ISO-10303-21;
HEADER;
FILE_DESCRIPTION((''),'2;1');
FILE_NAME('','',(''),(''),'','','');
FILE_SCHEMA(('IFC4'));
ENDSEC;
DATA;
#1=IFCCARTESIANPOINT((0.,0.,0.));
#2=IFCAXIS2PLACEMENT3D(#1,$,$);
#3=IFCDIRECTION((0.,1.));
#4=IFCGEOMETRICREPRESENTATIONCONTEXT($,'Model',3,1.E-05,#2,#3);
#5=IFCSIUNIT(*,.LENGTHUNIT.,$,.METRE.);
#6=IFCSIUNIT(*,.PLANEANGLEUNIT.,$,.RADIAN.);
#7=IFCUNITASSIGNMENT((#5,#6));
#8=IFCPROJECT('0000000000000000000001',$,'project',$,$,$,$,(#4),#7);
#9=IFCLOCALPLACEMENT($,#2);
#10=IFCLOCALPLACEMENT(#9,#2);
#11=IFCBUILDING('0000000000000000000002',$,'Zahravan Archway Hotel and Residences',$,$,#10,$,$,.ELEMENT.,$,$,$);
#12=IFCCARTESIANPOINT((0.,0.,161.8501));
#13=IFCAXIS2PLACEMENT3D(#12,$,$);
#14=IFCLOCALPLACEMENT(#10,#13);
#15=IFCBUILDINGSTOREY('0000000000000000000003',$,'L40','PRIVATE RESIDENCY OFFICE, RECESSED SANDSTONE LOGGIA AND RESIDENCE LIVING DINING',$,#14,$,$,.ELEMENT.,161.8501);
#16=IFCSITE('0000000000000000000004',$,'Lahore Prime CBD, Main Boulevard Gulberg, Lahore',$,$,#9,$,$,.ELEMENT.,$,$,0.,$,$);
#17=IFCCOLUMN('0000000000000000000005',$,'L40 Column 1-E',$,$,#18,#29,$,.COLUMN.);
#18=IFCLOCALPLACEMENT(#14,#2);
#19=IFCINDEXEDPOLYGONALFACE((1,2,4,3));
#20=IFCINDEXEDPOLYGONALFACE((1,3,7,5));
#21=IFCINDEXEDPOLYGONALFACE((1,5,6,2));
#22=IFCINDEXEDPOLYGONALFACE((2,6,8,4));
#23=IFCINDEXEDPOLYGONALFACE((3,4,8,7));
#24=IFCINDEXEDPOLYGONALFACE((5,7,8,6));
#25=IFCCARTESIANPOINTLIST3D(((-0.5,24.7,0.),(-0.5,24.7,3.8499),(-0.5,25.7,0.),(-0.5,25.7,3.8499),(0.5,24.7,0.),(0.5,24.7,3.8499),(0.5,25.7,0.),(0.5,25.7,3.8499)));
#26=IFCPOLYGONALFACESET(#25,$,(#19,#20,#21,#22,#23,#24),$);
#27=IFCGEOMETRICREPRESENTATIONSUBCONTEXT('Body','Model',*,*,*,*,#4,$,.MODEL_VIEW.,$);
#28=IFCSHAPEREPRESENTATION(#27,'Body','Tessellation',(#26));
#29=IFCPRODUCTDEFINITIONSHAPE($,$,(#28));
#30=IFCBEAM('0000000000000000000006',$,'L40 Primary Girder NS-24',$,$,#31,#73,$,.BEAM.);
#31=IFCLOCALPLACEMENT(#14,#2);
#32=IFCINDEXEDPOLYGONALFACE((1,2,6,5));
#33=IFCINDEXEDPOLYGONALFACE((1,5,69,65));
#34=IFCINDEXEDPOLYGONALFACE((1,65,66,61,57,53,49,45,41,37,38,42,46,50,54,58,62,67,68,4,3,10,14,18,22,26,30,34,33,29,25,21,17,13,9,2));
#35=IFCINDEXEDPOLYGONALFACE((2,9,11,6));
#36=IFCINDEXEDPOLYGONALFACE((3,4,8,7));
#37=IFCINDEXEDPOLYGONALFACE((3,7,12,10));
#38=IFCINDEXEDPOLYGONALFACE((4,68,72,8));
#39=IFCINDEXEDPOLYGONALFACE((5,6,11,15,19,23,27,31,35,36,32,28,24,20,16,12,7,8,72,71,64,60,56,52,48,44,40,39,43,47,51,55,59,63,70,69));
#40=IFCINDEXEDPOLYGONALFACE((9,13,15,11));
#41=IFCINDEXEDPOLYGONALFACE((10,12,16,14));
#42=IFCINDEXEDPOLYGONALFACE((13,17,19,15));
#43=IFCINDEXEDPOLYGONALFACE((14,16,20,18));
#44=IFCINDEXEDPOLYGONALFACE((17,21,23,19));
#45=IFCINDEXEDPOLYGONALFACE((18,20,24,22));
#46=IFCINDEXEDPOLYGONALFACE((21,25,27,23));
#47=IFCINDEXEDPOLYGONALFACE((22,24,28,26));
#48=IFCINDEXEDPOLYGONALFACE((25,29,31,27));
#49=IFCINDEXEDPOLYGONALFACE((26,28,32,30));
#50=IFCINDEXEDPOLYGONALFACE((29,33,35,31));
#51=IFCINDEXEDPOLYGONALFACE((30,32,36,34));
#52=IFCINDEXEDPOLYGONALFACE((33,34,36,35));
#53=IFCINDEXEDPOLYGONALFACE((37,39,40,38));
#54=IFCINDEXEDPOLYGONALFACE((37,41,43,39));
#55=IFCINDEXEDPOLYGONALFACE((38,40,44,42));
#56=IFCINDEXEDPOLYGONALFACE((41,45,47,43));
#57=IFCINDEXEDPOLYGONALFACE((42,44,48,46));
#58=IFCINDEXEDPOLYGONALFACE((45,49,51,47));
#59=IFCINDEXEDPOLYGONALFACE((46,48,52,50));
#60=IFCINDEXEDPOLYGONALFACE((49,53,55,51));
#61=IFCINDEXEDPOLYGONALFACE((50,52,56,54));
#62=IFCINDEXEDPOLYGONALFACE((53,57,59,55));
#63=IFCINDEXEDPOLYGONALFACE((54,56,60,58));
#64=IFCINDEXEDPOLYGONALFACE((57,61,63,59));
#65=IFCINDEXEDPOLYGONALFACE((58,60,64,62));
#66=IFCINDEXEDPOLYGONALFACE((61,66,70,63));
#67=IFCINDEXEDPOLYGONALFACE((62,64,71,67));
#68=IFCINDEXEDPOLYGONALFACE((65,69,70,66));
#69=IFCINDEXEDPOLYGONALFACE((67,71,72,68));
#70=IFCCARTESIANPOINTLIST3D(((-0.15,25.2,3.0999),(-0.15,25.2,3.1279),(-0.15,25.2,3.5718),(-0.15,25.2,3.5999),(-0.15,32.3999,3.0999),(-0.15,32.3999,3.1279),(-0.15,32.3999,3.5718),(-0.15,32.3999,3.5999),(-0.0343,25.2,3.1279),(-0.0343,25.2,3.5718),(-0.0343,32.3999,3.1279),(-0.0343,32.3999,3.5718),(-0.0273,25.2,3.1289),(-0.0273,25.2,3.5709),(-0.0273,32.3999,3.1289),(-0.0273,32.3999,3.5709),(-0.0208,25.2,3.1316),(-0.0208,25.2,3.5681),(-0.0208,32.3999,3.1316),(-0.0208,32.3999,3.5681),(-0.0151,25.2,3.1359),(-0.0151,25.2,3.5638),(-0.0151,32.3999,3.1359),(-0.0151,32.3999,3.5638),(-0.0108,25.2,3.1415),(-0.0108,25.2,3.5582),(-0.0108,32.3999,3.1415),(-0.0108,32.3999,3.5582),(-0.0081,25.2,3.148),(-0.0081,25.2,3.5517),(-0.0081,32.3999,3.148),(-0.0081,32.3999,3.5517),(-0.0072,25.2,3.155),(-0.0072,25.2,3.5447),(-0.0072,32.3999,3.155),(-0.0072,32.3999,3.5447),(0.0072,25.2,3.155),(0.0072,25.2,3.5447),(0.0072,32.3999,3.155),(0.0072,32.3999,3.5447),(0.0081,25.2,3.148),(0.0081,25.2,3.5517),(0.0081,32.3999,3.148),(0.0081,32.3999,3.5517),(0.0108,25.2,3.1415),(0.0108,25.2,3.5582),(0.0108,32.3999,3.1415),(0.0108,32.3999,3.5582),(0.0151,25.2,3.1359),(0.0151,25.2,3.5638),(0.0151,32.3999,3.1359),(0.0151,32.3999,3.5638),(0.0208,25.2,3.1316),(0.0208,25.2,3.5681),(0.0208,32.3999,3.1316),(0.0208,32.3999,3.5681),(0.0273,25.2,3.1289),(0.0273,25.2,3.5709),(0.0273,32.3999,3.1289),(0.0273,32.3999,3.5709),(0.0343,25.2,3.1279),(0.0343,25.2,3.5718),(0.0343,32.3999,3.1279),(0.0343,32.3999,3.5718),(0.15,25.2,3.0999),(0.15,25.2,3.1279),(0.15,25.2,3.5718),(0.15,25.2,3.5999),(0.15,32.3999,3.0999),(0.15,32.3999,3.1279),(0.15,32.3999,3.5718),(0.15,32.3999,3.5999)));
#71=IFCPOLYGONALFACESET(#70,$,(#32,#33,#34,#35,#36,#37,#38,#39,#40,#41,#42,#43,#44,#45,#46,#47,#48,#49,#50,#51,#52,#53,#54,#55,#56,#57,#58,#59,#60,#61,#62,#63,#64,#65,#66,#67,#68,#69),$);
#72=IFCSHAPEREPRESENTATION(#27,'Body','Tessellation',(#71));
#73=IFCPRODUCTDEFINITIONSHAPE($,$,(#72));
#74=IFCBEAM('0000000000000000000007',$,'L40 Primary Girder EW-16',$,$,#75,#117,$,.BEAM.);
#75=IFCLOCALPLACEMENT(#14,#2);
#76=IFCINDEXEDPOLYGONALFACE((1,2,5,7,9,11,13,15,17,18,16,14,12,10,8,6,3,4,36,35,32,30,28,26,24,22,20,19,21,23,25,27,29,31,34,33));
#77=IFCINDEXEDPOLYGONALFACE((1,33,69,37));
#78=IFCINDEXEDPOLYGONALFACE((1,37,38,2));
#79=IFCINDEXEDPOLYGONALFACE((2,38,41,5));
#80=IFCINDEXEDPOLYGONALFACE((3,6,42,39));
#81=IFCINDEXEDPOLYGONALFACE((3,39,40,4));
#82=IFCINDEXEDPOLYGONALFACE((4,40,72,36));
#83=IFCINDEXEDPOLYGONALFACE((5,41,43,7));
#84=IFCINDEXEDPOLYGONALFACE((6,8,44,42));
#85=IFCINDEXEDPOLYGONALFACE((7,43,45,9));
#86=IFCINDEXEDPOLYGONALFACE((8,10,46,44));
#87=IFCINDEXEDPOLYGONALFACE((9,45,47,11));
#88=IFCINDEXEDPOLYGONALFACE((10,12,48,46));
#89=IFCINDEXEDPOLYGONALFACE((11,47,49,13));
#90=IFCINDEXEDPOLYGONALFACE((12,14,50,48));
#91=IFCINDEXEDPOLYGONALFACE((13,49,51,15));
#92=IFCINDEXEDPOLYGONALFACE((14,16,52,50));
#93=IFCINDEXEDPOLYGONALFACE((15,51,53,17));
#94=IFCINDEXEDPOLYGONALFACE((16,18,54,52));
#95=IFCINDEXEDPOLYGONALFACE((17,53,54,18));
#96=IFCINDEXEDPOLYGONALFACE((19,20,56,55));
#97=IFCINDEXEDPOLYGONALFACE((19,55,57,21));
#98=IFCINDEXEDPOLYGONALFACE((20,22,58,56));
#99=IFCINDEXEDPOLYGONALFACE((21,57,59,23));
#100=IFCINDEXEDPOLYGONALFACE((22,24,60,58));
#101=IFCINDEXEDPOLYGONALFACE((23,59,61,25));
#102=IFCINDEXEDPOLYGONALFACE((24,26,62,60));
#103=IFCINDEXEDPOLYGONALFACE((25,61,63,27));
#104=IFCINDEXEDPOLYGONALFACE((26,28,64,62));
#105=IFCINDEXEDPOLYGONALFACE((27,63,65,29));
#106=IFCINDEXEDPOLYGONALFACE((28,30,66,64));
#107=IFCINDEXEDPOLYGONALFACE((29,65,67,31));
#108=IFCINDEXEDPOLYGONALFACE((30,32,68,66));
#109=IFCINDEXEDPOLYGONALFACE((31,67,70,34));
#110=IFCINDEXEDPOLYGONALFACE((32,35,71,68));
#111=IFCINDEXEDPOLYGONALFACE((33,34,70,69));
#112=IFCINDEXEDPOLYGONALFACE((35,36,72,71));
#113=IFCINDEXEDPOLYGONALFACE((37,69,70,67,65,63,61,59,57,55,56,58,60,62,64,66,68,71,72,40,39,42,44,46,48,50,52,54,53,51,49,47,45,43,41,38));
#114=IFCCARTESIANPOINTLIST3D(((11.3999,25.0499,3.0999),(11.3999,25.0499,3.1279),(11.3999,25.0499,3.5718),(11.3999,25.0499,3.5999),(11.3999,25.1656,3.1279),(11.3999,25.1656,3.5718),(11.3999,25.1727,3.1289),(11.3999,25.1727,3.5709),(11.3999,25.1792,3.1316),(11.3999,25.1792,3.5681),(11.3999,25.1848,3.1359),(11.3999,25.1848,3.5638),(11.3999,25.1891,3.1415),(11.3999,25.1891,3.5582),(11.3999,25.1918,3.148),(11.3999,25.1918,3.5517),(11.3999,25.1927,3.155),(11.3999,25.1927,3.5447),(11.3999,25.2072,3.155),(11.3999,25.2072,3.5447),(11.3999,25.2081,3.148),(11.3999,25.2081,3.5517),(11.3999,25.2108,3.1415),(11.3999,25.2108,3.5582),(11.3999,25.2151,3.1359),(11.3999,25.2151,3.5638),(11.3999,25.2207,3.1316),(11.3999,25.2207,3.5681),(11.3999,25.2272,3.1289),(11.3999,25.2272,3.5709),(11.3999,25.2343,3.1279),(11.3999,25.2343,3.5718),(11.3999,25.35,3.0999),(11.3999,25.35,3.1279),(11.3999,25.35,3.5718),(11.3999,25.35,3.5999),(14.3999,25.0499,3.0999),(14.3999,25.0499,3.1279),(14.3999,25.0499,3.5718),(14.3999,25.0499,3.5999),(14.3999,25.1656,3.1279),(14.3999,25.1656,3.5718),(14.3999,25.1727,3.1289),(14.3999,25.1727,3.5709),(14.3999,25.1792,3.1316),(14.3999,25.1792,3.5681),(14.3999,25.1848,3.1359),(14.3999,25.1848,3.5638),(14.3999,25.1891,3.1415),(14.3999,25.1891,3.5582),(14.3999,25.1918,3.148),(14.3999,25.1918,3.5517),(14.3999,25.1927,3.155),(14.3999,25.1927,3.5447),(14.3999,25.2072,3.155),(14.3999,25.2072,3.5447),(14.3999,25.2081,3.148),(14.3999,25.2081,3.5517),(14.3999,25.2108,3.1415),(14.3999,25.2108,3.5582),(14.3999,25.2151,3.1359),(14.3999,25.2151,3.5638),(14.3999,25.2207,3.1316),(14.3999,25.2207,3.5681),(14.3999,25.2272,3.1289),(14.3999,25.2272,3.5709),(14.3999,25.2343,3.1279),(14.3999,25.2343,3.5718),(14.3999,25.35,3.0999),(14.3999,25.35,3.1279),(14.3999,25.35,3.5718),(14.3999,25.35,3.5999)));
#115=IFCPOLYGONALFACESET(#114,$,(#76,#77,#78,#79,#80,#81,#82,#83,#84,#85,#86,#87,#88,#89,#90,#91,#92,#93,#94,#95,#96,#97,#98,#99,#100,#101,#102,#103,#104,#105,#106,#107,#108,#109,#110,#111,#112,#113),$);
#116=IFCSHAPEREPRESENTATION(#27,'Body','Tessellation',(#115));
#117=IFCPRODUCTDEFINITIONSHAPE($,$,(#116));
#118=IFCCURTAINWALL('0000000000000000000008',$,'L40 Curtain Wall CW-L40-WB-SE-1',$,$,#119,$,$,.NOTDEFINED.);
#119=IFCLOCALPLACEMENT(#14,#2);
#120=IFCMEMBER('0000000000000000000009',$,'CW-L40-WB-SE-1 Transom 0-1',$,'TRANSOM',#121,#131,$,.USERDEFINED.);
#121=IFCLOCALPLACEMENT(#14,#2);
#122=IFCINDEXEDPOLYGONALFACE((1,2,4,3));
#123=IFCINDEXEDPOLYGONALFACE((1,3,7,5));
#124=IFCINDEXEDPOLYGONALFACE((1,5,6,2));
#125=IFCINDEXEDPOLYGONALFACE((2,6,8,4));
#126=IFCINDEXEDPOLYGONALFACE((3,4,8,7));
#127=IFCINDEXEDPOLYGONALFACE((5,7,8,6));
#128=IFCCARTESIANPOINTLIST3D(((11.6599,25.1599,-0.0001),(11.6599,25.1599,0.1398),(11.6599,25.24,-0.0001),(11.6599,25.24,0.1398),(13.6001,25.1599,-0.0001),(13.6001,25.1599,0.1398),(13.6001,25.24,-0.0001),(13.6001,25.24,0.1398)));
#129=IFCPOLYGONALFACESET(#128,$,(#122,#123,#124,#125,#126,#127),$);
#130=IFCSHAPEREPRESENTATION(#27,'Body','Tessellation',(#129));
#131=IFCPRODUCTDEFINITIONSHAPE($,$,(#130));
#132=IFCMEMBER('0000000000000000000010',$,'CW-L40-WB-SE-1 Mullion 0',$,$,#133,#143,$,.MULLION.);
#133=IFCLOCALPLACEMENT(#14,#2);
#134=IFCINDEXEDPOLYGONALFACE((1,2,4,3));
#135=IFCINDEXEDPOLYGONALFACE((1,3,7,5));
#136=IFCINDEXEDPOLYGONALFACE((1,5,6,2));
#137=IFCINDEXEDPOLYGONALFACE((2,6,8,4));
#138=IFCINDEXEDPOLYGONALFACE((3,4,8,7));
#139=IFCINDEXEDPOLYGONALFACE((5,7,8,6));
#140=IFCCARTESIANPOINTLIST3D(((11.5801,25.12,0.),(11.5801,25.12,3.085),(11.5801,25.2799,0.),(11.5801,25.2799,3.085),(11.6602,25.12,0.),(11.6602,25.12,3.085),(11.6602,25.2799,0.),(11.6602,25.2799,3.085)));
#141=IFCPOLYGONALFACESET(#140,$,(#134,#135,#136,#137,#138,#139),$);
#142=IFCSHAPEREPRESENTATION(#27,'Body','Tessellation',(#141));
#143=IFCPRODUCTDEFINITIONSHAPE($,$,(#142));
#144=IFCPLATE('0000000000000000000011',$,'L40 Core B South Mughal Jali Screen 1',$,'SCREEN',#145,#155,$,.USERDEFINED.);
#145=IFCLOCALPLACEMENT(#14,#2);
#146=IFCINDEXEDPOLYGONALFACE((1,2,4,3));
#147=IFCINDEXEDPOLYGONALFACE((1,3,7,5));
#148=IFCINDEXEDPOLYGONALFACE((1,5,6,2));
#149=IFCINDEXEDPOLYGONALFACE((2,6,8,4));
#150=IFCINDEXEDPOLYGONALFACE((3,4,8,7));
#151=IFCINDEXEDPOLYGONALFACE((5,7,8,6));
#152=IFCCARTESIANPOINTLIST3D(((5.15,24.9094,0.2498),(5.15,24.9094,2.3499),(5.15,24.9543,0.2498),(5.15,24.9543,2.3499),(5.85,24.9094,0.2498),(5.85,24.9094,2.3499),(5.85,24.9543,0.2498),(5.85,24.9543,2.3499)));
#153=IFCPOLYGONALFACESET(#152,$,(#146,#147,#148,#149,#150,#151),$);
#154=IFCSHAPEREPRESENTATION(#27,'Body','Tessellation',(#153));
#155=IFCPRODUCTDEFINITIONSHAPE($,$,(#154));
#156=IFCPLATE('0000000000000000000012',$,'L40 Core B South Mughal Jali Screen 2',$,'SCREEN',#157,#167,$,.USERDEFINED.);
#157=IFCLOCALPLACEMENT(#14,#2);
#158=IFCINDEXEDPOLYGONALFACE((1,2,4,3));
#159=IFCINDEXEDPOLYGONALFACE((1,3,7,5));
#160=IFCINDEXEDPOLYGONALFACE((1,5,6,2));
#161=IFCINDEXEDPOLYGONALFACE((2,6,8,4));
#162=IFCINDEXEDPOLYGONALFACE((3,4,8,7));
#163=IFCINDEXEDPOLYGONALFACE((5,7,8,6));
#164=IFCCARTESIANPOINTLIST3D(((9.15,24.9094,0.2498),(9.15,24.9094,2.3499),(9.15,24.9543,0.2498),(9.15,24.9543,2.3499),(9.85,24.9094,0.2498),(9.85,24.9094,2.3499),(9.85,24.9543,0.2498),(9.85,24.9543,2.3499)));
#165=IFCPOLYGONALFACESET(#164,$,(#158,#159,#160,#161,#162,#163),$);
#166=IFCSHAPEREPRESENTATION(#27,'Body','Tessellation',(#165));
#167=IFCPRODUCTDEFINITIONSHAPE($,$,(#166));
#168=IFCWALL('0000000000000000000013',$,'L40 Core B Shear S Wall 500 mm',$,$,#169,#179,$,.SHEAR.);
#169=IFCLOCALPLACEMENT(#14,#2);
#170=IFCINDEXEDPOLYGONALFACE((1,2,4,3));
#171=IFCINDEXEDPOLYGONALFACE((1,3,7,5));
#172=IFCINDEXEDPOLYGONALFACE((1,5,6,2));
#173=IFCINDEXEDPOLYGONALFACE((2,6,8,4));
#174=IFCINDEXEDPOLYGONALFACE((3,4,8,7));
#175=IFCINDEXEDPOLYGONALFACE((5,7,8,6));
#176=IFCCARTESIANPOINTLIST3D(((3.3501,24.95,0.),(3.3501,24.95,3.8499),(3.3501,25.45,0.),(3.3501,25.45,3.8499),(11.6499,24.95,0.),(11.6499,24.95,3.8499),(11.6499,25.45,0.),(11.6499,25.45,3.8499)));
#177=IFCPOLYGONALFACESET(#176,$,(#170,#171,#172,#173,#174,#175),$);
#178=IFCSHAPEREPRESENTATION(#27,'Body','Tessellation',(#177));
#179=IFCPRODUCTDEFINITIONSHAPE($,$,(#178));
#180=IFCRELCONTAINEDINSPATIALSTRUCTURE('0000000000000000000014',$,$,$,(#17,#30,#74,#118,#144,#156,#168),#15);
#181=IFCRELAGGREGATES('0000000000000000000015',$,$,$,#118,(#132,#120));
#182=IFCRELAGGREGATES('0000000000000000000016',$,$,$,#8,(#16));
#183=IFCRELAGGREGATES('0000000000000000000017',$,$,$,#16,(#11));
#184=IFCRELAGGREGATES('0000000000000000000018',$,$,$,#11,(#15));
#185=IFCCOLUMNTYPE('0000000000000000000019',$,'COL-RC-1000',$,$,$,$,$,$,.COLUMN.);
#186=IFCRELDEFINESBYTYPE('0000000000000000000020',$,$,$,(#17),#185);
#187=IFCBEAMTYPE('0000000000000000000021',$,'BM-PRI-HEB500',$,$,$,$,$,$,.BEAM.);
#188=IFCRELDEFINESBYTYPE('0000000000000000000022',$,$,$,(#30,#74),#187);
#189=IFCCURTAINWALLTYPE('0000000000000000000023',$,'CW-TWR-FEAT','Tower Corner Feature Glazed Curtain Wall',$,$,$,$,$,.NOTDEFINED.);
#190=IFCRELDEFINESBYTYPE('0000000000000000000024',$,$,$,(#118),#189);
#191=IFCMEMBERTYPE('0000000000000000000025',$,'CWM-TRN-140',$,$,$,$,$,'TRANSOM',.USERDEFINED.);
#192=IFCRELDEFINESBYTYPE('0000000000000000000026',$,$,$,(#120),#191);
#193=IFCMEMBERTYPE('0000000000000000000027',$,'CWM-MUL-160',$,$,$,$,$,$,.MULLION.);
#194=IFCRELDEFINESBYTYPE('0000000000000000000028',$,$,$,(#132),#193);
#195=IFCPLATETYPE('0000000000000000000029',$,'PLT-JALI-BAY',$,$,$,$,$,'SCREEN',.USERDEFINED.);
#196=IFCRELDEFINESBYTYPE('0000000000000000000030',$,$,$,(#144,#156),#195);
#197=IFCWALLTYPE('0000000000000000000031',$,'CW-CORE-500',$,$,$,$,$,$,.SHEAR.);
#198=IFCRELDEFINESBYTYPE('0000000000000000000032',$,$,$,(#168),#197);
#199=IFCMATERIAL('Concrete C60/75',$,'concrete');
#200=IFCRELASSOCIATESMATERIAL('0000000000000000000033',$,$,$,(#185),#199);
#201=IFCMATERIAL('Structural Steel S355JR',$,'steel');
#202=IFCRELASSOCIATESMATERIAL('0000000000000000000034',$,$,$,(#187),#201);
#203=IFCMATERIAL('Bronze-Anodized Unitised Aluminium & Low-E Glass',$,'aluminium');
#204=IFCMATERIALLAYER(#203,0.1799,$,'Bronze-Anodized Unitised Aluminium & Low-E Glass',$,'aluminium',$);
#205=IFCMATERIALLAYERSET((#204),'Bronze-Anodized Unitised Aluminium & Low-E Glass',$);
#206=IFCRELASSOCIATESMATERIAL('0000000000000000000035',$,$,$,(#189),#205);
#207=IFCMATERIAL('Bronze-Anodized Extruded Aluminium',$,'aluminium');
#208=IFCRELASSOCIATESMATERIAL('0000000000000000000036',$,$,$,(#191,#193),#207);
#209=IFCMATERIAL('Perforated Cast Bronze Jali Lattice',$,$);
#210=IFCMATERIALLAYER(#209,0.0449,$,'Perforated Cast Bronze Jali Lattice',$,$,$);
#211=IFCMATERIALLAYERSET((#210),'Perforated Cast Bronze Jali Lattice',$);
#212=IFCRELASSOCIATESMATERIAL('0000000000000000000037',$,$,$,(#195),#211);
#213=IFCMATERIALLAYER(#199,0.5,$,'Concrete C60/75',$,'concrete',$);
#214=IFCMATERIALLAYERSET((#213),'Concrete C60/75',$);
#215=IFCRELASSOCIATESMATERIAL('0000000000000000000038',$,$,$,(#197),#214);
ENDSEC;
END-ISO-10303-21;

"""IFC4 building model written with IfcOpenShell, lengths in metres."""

from ifc_helpers import new_model, si_unit, direction, frame, frame_2d, origin, origin_2d, place, context, subcontext, project, spatial, rectangle, i_section, extrude, source, transform, mapped, material, layer, layer_set, material_profile, profile_set, type_object, type_shapes, element, aggregate, save


model = new_model("IFC4")

# Units and contexts
model_context = context("Model", 3, precision=1e-05, world=origin(), true_north=direction((0.0, 1.0)))
body_context = subcontext(model_context, "Body", "Model", "MODEL_VIEW")
ifc_project = project(units=[si_unit("LENGTHUNIT", "METRE"), si_unit("PLANEANGLEUNIT", "RADIAN")], contexts=[model_context])

# Site, building, storey
site_placement = place(None, origin())
site = spatial("IfcSite", under=ifc_project, at=site_placement, Name="Lahore Prime CBD, Main Boulevard Gulberg, Lahore", CompositionType="ELEMENT", RefElevation=0.0)
building_placement = place(site_placement, origin())
building = spatial("IfcBuilding", under=site, at=building_placement, Name="Zahravan Archway Hotel and Residences", CompositionType="ELEMENT")
storey_placement = place(building_placement, frame((0.0, 0.0, 161.8501)))
storey = spatial("IfcBuildingStorey", under=building, at=storey_placement, Name="L40", Description="PRIVATE RESIDENCY OFFICE, RECESSED SANDSTONE LOGGIA AND RESIDENCE LIVING DINING", CompositionType="ELEMENT", Elevation=161.8501)

# Column
ifc_material_1 = material(Name="Concrete C60/75", Category="concrete")
ifc_material_profile_1 = material_profile(ifc_material_1, rectangle(XDim=1.0, YDim=1.0, at=origin_2d()), Name="RC-COL-1000x1000", Category="concrete")
ifc_profile_set_1 = profile_set([ifc_material_profile_1], Name="Concrete C60/75")
column_type = type_object("IfcColumnType", Name="COL-RC-1000", PredefinedType="COLUMN", material=ifc_profile_set_1)
shared_shape_1 = source(origin(), body_context, "Body", "SweptSolid", [
    extrude(rectangle(XDim=1.0, YDim=1.0, at=origin_2d()), origin(), (0.0, 0.0, 1.0), 3.8499),
])
column_placement = place(storey_placement, frame((0.0, 25.2, 0.0), z_axis=(0.0, 0.0, 1.0), x_axis=(1.0, 0.0, 0.0)))
element("IfcColumn", 1, at=column_placement, inside=storey, type_object=column_type, Name="L40 Column 1-E", PredefinedType="COLUMN", context=body_context, shape_type="MappedRepresentation", body=[
    mapped(shared_shape_1, transform((0.0, 0.0, 0.0), scale=1.0)),
])

# Beams
ifc_material_2 = material(Name="Structural Steel S355JR", Category="steel")
ifc_material_profile_2 = material_profile(ifc_material_2, i_section(OverallWidth=0.3, OverallDepth=0.5, WebThickness=0.0144, FlangeThickness=0.0281, FilletRadius=0.0271, at=origin_2d()), Name="HEB 500", Category="steel")
ifc_profile_set_2 = profile_set([ifc_material_profile_2], Name="Structural Steel S355JR")
beam_type = type_object("IfcBeamType", Name="BM-PRI-HEB500", PredefinedType="BEAM", material=ifc_profile_set_2)
shared_shape_2 = source(origin(), body_context, "Body", "SweptSolid", [
    extrude(i_section(OverallWidth=0.3, OverallDepth=0.5, WebThickness=0.0144, FlangeThickness=0.0281, FilletRadius=0.0271, at=origin_2d()), origin(), (0.0, 0.0, 1.0), 7.2),
])
beam_1_placement = place(storey_placement, frame((0.0, 25.2, 3.3499), z_axis=(0.0, 1.0, 0.0), x_axis=(-1.0, 0.0, 0.0)))
element("IfcBeam", 2, at=beam_1_placement, inside=storey, type_object=beam_type, Name="L40 Primary Girder NS-24", PredefinedType="BEAM", context=body_context, shape_type="MappedRepresentation", body=[
    mapped(shared_shape_2, transform((0.0, 0.0, 0.0), scale=1.0)),
])
shared_shape_3 = source(origin(), body_context, "Body", "SweptSolid", [
    extrude(i_section(OverallWidth=0.3, OverallDepth=0.5, WebThickness=0.0144, FlangeThickness=0.0281, FilletRadius=0.0271, at=origin_2d()), origin(), (0.0, 0.0, 1.0), 3.0),
])
beam_2_placement = place(storey_placement, frame((11.3999, 25.2, 3.3499), z_axis=(1.0, 0.0, 0.0), x_axis=(0.0, 1.0, 0.0)))
element("IfcBeam", 3, at=beam_2_placement, inside=storey, type_object=beam_type, Name="L40 Primary Girder EW-16", PredefinedType="BEAM", context=body_context, shape_type="MappedRepresentation", body=[
    mapped(shared_shape_3, transform((0.0, 0.0, 0.0), scale=1.0)),
])

# Curtain wall, members
ifc_material_3 = material(Name="Bronze-Anodized Unitised Aluminium & Low-E Glass", Category="aluminium")
ifc_layer_1 = layer(ifc_material_3, 0.1799, Name="Bronze-Anodized Unitised Aluminium & Low-E Glass", Category="aluminium")
ifc_layer_set_1 = layer_set([ifc_layer_1], Name="Bronze-Anodized Unitised Aluminium & Low-E Glass")
curtain_wall_type = type_object("IfcCurtainWallType", Name="CW-TWR-FEAT", Description="Tower Corner Feature Glazed Curtain Wall", PredefinedType="NOTDEFINED", material=ifc_layer_set_1)
curtain_wall_placement = place(storey_placement, origin())
curtain_wall = element("IfcCurtainWall", 4, at=curtain_wall_placement, inside=storey, type_object=curtain_wall_type, Name="L40 Curtain Wall CW-L40-WB-SE-1", PredefinedType="NOTDEFINED")
ifc_material_4 = material(Name="Bronze-Anodized Extruded Aluminium", Category="aluminium")
ifc_material_profile_3 = material_profile(ifc_material_4, rectangle(XDim=0.0801, YDim=0.1399, at=origin_2d()), Name="TRN 80x140", Category="aluminium")
ifc_profile_set_3 = profile_set([ifc_material_profile_3], Name="Bronze-Anodized Extruded Aluminium")
member_type_1 = type_object("IfcMemberType", Name="CWM-TRN-140", ElementType="TRANSOM", PredefinedType="USERDEFINED", material=ifc_profile_set_3)
shared_shape_4 = source(origin(), body_context, "Body", "SweptSolid", [
    extrude(rectangle(XDim=0.0801, YDim=0.1399, at=origin_2d()), origin(), (0.0, 0.0, 1.0), 1.9402),
])
member_1_placement = place(storey_placement, frame((11.6599, 25.2, 0.0698), z_axis=(1.0, 0.0, 0.0), x_axis=(0.0, 1.0, 0.0)))
member_1 = element("IfcMember", 5, at=member_1_placement, type_object=member_type_1, Name="CW-L40-WB-SE-1 Transom 0-1", ObjectType="TRANSOM", PredefinedType="USERDEFINED", context=body_context, shape_type="MappedRepresentation", body=[
    mapped(shared_shape_4, transform((0.0, 0.0, 0.0), scale=1.0)),
])
ifc_material_profile_4 = material_profile(ifc_material_4, rectangle(XDim=0.0801, YDim=0.1599, at=origin_2d()), Name="MUL 80x160", Category="aluminium")
ifc_profile_set_4 = profile_set([ifc_material_profile_4], Name="Bronze-Anodized Extruded Aluminium")
member_type_2 = type_object("IfcMemberType", Name="CWM-MUL-160", PredefinedType="MULLION", material=ifc_profile_set_4)
shared_shape_5 = source(origin(), body_context, "Body", "SweptSolid", [
    extrude(rectangle(XDim=0.0801, YDim=0.1599, at=origin_2d()), origin(), (0.0, 0.0, 1.0), 3.085),
])
member_2_placement = place(storey_placement, frame((11.6201, 25.2, 0.0), z_axis=(0.0, 0.0, 1.0), x_axis=(1.0, 0.0, 0.0)))
member_2 = element("IfcMember", 6, at=member_2_placement, type_object=member_type_2, Name="CW-L40-WB-SE-1 Mullion 0", PredefinedType="MULLION", context=body_context, shape_type="MappedRepresentation", body=[
    mapped(shared_shape_5, transform((0.0, 0.0, 0.0), scale=1.0)),
])
aggregate(curtain_wall, [member_2, member_1])

# Plates
ifc_material_5 = material(Name="Perforated Cast Bronze Jali Lattice")
ifc_layer_2 = layer(ifc_material_5, 0.0449, Name="Perforated Cast Bronze Jali Lattice")
ifc_layer_set_2 = layer_set([ifc_layer_2], Name="Perforated Cast Bronze Jali Lattice")
plate_type = type_object("IfcPlateType", Name="PLT-JALI-BAY", ElementType="SCREEN", PredefinedType="USERDEFINED", material=ifc_layer_set_2)
shared_shape_6 = source(origin(), body_context, "Body", "SweptSolid", [
    extrude(rectangle(XDim=0.7, YDim=0.0449, at=origin_2d()), origin(), (0.0, 0.0, 1.0), 2.1001),
])
type_shapes(plate_type, [shared_shape_6])
for number, where, z_axis, x_axis, name in (
    (7, (5.5, 24.9319, 0.2498), (0.0, 0.0, 1.0), (1.0, 0.0, 0.0), "L40 Core B South Mughal Jali Screen 1"),
    (8, (9.5, 24.9319, 0.2498), (0.0, 0.0, 1.0), (1.0, 0.0, 0.0), "L40 Core B South Mughal Jali Screen 2"),
):
    element("IfcPlate", number, at=place(storey_placement, frame(where, z_axis=z_axis, x_axis=x_axis)), inside=storey, type_object=plate_type, Name=name, ObjectType="SCREEN", PredefinedType="USERDEFINED", context=body_context, shape_type="MappedRepresentation", body=[
        mapped(shared_shape_6, transform((0.0, 0.0, 0.0), scale=1.0)),
    ])

# Wall
ifc_layer_3 = layer(ifc_material_1, 0.5, Name="Concrete C60/75", Category="concrete")
ifc_layer_set_3 = layer_set([ifc_layer_3], Name="Concrete C60/75")
wall_type_1 = type_object("IfcWallType", Name="CW-CORE-500", PredefinedType="SHEAR", material=ifc_layer_set_3)
wall_1_placement = place(storey_placement, frame((3.3501, 25.2, 0.0), z_axis=(0.0, 0.0, 1.0), x_axis=(1.0, 0.0, 0.0)))
element("IfcWall", 9, at=wall_1_placement, inside=storey, type_object=wall_type_1, Name="L40 Core B Shear S Wall 500 mm", PredefinedType="SHEAR", context=body_context, shape_type="SweptSolid", body=[
    extrude(rectangle(XDim=8.2998, YDim=0.5, at=frame_2d((4.1499, 0.0))), origin(), (0.0, 0.0, 1.0), 3.8499),
])

save(model, "model.ifc")
